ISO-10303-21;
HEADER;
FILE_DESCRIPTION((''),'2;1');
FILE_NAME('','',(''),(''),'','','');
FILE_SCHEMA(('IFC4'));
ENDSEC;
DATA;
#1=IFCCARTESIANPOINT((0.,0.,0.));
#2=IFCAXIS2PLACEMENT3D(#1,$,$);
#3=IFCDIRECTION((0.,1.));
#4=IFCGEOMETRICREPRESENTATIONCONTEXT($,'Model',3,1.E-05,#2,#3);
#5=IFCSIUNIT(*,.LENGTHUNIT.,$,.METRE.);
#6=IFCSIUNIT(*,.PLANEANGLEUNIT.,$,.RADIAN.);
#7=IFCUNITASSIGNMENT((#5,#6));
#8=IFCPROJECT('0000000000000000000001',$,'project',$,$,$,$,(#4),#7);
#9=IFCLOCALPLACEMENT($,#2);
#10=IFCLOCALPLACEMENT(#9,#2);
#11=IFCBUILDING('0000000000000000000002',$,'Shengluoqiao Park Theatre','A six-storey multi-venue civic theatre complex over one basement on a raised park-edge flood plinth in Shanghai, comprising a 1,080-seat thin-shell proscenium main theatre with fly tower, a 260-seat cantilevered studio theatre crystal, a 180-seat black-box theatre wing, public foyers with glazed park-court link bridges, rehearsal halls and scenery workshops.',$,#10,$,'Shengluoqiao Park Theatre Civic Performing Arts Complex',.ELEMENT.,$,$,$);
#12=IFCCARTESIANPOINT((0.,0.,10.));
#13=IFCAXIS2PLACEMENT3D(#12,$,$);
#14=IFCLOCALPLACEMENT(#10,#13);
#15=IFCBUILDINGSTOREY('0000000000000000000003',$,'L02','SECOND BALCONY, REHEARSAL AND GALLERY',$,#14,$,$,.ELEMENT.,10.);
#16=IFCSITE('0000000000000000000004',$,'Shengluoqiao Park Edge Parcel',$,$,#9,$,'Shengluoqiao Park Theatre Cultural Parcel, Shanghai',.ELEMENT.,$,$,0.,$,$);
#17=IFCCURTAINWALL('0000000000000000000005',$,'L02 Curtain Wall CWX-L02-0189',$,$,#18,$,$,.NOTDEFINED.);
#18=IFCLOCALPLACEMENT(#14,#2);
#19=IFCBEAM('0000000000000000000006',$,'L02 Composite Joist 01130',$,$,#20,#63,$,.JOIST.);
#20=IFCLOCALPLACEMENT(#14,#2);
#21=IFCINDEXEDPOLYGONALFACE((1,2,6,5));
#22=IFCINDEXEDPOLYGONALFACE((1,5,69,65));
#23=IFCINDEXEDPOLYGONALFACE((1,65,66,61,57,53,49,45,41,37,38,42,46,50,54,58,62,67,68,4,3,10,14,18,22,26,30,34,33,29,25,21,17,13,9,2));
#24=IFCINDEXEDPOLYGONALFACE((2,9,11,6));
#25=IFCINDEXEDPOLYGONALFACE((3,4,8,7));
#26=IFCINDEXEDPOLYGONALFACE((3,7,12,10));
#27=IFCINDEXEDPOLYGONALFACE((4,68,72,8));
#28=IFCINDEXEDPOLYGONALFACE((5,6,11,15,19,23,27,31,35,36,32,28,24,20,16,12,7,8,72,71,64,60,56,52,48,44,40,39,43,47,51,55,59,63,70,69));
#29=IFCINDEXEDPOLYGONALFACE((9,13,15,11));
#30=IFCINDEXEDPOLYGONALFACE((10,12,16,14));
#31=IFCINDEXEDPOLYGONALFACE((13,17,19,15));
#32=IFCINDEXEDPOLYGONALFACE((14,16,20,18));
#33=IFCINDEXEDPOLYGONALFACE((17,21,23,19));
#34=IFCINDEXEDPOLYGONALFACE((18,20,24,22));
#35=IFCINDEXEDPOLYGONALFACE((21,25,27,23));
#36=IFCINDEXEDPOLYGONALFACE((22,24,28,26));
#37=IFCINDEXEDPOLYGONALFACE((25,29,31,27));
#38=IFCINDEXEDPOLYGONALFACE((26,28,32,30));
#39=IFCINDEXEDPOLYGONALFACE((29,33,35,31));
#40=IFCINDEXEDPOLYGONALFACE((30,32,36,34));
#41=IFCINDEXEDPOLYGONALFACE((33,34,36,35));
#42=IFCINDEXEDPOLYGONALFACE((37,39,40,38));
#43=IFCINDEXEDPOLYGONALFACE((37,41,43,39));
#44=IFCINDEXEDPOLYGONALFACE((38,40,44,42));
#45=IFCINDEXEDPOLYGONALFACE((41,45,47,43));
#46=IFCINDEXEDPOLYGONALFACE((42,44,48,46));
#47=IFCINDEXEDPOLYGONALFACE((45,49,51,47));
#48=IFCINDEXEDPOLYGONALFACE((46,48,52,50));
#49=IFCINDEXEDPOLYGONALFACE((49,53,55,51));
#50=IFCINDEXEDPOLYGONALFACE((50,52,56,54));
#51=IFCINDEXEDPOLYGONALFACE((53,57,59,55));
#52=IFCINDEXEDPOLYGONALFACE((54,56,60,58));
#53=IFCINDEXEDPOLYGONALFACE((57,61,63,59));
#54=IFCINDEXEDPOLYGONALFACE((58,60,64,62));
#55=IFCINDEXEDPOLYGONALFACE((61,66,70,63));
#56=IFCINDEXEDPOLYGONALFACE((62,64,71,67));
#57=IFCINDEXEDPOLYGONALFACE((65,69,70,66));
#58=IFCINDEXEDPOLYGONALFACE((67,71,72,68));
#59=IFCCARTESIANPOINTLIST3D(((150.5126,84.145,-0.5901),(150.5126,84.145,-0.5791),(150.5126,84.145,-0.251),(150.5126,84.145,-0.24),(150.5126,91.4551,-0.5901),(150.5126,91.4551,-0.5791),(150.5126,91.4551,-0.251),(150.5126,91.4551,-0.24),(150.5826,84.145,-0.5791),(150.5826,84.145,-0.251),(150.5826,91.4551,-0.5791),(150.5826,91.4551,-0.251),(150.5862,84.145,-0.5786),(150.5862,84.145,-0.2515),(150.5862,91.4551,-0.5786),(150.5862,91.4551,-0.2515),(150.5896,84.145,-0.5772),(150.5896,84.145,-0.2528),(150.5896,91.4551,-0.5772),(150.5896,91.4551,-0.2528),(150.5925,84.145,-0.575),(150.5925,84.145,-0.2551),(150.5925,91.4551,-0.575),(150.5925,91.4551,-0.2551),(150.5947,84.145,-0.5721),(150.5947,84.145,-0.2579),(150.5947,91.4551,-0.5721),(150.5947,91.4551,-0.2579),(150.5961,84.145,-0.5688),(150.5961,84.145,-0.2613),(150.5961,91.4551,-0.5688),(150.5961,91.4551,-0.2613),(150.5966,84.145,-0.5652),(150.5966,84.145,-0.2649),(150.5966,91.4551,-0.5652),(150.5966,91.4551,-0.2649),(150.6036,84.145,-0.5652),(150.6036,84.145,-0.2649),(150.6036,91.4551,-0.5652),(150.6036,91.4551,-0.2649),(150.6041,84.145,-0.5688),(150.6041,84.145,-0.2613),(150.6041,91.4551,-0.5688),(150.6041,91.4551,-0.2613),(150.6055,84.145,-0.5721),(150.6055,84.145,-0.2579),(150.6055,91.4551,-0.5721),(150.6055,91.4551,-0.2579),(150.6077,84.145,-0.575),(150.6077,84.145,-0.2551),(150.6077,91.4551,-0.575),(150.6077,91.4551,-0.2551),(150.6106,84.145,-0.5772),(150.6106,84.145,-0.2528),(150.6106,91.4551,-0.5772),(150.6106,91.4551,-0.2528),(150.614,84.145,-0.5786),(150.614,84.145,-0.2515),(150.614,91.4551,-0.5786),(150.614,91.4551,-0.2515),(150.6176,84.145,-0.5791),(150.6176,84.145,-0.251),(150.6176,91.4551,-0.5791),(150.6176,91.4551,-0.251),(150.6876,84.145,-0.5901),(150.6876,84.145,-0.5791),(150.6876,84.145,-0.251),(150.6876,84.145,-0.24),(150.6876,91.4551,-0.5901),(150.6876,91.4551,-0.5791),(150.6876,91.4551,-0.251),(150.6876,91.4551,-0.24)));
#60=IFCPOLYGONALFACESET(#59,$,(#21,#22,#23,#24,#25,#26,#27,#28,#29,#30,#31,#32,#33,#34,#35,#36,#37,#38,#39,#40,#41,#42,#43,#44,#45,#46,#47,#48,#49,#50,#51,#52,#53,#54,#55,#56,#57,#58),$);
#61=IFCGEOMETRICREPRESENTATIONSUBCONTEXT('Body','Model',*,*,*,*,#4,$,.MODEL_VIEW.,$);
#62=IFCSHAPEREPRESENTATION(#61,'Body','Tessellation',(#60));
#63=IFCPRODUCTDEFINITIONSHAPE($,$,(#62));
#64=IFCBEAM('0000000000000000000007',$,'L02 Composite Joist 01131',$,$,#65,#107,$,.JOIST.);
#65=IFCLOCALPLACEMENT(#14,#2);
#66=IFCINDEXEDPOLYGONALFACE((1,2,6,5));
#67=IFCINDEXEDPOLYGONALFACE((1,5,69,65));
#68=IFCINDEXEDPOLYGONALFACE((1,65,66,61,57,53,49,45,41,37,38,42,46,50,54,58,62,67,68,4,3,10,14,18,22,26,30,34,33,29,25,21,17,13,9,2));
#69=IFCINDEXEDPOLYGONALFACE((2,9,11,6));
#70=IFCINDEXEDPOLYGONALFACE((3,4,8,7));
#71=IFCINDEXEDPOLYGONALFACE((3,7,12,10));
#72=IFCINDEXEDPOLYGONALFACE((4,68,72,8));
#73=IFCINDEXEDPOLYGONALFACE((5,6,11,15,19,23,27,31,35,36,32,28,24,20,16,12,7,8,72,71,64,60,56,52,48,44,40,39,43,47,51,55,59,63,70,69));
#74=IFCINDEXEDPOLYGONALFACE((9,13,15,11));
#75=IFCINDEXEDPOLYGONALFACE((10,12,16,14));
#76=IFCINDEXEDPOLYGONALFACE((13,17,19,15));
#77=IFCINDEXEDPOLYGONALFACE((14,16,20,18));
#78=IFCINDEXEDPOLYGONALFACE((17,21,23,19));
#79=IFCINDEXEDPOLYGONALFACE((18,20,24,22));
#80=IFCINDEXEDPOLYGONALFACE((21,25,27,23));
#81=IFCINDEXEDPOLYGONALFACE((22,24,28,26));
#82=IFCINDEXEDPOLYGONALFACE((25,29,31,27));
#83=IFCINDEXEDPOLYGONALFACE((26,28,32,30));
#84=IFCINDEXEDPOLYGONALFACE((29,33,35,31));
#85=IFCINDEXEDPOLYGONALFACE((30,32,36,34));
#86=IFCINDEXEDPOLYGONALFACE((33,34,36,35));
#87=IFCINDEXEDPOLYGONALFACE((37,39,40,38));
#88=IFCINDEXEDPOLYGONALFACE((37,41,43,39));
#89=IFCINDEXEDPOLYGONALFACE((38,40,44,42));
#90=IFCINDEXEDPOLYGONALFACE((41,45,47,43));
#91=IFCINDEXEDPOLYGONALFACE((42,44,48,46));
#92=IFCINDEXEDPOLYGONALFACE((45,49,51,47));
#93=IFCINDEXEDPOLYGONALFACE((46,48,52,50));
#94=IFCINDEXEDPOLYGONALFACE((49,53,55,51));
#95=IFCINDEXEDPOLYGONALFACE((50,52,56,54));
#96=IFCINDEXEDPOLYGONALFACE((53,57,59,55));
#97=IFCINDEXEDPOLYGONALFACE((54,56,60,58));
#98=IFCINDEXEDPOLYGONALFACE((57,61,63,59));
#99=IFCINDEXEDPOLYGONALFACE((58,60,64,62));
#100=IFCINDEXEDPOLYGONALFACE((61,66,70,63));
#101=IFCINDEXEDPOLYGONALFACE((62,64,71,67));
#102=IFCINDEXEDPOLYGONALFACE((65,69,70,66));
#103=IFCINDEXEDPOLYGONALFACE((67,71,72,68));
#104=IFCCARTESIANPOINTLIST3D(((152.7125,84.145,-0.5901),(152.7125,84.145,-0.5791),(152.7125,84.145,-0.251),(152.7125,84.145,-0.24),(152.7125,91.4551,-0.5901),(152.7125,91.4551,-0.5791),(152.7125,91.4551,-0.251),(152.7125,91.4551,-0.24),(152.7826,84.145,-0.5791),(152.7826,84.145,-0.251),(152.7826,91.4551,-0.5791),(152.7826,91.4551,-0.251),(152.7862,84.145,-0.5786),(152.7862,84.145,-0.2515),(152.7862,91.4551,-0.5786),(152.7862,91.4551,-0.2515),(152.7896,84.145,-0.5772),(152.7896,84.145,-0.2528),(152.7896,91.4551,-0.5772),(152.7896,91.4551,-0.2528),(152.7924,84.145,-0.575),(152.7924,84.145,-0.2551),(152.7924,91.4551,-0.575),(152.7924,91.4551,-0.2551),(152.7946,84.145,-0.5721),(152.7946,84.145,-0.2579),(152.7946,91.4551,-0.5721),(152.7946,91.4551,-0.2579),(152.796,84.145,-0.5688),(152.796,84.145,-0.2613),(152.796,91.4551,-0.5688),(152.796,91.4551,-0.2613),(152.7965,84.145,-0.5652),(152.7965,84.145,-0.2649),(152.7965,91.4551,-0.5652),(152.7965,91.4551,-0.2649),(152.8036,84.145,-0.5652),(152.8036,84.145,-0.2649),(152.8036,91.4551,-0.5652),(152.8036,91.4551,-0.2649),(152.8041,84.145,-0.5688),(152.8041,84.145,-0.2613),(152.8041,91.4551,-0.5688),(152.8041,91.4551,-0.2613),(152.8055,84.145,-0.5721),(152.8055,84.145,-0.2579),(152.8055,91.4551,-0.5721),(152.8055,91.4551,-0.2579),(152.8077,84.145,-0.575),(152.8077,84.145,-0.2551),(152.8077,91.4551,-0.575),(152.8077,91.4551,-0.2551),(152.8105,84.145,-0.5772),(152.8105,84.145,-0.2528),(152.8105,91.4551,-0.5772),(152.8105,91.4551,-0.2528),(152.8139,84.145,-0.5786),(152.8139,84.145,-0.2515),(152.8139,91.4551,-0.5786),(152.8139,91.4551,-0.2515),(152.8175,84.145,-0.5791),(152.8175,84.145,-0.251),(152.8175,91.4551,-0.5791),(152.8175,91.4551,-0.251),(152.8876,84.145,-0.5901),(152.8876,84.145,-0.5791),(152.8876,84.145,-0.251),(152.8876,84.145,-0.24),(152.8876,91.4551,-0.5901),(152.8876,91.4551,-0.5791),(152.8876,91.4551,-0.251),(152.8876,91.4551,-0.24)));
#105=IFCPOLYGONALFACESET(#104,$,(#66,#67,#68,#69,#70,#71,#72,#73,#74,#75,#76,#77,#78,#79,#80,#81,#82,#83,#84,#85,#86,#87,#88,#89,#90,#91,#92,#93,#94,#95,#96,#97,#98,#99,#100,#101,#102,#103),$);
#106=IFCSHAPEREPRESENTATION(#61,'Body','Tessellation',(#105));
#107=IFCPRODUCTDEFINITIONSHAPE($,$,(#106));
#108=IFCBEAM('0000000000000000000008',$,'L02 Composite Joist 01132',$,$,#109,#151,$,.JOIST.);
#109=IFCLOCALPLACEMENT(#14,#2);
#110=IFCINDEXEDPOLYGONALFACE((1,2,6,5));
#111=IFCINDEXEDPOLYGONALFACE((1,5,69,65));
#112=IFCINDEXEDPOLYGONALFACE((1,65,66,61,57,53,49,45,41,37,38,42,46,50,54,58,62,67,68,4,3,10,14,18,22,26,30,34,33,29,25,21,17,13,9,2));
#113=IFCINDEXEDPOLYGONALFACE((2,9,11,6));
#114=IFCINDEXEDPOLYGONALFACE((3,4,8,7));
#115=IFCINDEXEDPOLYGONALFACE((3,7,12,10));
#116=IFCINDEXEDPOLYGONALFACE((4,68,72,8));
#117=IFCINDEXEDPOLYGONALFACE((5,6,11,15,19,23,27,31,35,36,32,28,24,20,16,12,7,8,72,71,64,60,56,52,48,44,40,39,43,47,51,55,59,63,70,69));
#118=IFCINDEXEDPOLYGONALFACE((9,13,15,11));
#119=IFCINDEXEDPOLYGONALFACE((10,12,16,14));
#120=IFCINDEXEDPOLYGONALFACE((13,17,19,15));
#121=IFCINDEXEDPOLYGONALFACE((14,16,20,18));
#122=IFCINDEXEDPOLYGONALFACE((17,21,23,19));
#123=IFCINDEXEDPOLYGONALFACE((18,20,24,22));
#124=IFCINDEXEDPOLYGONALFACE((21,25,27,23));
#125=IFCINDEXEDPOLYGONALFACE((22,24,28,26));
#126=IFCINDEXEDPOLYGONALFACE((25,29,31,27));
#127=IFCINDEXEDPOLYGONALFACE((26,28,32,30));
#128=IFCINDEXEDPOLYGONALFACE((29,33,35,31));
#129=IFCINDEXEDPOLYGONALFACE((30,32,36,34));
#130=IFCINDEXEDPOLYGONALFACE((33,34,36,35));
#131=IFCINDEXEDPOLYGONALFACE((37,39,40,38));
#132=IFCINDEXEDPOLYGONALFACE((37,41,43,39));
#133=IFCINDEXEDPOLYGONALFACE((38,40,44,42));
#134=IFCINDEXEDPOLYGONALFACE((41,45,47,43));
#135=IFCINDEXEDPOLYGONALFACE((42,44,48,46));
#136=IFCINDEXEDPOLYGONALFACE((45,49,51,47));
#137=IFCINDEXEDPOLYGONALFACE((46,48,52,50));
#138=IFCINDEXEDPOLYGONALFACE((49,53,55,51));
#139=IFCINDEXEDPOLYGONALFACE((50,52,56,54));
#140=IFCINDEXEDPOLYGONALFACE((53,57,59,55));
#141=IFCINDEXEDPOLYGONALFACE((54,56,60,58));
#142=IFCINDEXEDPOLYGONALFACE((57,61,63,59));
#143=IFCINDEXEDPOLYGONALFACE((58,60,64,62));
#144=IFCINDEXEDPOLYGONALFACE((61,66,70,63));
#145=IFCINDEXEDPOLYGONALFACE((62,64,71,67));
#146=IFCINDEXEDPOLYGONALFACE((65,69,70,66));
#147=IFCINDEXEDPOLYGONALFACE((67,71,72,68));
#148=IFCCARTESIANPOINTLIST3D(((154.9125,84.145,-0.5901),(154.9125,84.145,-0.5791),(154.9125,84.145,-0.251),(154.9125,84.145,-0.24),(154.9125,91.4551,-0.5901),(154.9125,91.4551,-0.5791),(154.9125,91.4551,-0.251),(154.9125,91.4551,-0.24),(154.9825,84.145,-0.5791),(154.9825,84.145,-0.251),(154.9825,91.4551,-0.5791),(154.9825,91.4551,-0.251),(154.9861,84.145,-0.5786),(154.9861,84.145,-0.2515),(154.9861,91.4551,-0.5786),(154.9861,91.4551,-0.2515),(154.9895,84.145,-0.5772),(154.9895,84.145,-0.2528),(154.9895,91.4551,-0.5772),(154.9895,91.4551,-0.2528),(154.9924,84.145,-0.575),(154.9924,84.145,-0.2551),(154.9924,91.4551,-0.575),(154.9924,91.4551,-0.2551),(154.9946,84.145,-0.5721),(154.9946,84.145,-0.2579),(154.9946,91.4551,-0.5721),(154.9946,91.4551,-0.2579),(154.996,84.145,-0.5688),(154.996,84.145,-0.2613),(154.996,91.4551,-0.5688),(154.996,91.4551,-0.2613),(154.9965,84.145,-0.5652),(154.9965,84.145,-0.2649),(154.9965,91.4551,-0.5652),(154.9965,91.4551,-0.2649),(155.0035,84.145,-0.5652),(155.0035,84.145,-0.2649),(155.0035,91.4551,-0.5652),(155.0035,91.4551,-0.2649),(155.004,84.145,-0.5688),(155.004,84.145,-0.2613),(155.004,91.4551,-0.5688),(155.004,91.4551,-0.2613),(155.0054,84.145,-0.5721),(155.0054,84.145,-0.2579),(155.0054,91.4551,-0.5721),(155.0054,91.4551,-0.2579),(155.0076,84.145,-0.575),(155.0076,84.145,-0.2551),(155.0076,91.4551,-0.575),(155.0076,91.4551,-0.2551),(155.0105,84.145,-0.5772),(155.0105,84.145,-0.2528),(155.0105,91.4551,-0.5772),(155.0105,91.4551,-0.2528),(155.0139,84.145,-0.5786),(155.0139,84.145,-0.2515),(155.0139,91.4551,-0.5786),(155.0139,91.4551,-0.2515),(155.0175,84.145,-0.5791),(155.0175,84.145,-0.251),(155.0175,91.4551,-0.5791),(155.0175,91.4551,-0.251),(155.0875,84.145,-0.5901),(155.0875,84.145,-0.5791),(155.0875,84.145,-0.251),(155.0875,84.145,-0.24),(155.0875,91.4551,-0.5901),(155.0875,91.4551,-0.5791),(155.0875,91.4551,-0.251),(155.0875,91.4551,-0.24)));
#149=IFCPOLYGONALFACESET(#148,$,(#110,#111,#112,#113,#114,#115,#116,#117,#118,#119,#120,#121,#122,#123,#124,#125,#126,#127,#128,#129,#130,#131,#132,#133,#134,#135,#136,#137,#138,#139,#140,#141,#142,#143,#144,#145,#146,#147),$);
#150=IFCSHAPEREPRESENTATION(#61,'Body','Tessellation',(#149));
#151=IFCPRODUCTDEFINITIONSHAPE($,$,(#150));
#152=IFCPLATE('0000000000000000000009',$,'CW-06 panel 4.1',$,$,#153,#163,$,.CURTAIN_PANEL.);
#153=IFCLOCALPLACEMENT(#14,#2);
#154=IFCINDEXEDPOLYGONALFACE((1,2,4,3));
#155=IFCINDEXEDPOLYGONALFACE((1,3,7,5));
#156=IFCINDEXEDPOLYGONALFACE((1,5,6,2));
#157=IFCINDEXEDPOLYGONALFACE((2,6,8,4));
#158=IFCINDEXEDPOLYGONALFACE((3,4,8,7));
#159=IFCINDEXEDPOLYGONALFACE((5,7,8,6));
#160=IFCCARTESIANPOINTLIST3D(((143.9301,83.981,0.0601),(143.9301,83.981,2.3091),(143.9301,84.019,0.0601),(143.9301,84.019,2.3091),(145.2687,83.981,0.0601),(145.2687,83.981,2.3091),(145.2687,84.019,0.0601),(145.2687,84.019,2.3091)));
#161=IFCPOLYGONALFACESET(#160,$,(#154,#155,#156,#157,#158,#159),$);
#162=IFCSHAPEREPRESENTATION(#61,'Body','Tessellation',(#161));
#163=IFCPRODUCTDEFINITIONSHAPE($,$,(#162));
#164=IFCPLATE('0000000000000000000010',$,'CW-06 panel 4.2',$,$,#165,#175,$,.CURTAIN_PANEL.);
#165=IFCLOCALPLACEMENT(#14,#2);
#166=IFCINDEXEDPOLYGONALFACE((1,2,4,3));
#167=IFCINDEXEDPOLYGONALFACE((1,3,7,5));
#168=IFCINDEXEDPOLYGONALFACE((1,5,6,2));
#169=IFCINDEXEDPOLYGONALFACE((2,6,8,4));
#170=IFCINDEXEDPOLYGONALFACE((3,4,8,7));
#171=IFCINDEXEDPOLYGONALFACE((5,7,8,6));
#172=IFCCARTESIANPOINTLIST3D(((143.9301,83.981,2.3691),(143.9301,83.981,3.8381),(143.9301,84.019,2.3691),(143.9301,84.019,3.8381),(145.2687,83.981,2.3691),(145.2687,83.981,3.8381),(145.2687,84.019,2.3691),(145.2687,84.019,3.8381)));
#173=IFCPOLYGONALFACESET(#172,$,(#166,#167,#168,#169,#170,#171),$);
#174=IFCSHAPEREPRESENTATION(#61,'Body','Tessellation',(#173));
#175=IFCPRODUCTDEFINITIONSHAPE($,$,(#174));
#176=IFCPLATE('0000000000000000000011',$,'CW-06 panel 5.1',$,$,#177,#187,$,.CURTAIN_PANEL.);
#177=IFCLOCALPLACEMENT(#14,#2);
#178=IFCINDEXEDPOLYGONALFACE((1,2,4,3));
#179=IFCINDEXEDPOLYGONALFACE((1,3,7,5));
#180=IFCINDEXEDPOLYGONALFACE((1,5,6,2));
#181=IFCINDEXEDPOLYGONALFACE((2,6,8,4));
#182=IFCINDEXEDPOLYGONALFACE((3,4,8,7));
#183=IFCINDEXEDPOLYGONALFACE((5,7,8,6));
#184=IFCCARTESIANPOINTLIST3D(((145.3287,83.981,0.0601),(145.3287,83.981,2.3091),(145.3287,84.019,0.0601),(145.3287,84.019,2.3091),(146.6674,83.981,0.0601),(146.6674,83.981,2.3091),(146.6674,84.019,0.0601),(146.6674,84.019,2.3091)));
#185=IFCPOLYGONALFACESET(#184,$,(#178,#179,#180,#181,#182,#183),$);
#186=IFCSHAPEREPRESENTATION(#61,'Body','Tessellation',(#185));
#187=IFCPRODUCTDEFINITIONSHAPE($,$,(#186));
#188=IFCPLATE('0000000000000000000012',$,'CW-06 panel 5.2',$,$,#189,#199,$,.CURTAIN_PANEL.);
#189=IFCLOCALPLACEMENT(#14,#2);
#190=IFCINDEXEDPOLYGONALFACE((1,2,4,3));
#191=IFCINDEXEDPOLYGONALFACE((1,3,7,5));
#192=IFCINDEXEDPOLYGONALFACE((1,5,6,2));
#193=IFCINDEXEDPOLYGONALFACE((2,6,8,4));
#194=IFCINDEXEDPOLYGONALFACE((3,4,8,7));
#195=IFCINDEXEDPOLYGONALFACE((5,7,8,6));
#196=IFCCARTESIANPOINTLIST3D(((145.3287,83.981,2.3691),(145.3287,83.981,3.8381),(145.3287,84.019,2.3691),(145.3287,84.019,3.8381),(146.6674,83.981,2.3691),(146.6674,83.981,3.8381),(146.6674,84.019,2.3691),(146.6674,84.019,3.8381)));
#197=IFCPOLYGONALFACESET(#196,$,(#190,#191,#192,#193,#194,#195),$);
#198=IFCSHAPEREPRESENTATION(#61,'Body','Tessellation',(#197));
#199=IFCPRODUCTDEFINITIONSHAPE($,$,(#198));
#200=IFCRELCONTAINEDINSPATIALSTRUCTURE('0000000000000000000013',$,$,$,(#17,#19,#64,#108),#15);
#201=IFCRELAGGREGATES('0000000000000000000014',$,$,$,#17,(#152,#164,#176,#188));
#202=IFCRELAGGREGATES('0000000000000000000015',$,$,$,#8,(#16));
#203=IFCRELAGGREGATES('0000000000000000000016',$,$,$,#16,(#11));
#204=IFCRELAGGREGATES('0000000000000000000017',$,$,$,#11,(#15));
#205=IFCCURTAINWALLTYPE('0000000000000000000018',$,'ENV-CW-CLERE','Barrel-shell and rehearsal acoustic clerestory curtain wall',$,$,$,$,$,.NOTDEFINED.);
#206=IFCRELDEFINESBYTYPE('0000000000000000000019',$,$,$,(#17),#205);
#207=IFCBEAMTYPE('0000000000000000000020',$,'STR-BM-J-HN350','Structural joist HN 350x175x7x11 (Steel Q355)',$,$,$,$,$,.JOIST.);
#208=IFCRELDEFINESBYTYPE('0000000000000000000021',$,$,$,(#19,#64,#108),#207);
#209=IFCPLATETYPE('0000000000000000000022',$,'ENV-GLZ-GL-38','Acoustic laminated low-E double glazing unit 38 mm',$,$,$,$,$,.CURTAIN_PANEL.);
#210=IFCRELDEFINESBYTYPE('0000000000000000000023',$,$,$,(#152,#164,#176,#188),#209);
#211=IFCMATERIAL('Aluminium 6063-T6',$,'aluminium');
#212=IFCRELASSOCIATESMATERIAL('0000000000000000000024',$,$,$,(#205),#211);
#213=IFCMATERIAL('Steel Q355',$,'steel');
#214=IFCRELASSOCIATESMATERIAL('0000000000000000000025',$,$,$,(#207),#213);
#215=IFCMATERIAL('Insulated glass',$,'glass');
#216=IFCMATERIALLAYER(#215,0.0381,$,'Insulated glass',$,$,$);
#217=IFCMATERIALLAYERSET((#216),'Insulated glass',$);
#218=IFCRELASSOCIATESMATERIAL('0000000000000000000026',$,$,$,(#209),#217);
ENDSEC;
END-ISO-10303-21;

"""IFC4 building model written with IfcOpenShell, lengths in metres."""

from ifc_helpers import new_model, si_unit, direction, frame, origin, origin_2d, place, context, subcontext, project, spatial, rectangle, i_section, extrude, material, layer, layer_set, material_profile, profile_set, type_object, element, aggregate, save


model = new_model("IFC4")

# Units and contexts
model_context = context("Model", 3, precision=1e-05, world=origin(), true_north=direction((0.0, 1.0)))
body_context = subcontext(model_context, "Body", "Model", "MODEL_VIEW")
ifc_project = project(units=[si_unit("LENGTHUNIT", "METRE"), si_unit("PLANEANGLEUNIT", "RADIAN")], contexts=[model_context])

# Site, building, storey
site_placement = place(None, origin())
site = spatial("IfcSite", under=ifc_project, at=site_placement, Name="Shengluoqiao Park Edge Parcel", LongName="Shengluoqiao Park Theatre Cultural Parcel, Shanghai", CompositionType="ELEMENT", RefElevation=0.0)
building_placement = place(site_placement, origin())
building = spatial("IfcBuilding", under=site, at=building_placement, Name="Shengluoqiao Park Theatre", Description="A six-storey multi-venue civic theatre complex over one basement on a raised park-edge flood plinth in Shanghai, comprising a 1,080-seat thin-shell proscenium main theatre with fly tower, a 260-seat cantilevered studio theatre crystal, a 180-seat black-box theatre wing, public foyers with glazed park-court link bridges, rehearsal halls and scenery workshops.", LongName="Shengluoqiao Park Theatre Civic Performing Arts Complex", CompositionType="ELEMENT")
storey_placement = place(building_placement, frame((0.0, 0.0, 10.0)))
storey = spatial("IfcBuildingStorey", under=building, at=storey_placement, Name="L02", Description="SECOND BALCONY, REHEARSAL AND GALLERY", CompositionType="ELEMENT", Elevation=10.0)

# Curtain wall
ifc_material_1 = material(Name="Aluminium 6063-T6", Category="aluminium")
curtain_wall_type = type_object("IfcCurtainWallType", Name="ENV-CW-CLERE", Description="Barrel-shell and rehearsal acoustic clerestory curtain wall", PredefinedType="NOTDEFINED", material=ifc_material_1)
curtain_wall_placement = place(storey_placement, origin())
curtain_wall = element("IfcCurtainWall", 1, at=curtain_wall_placement, inside=storey, type_object=curtain_wall_type, Name="L02 Curtain Wall CWX-L02-0189", PredefinedType="NOTDEFINED")

# Beams
ifc_material_2 = material(Name="Steel Q355", Category="steel")
ifc_material_profile_1 = material_profile(ifc_material_2, i_section(OverallWidth=0.175, OverallDepth=0.3501, WebThickness=0.0071, FlangeThickness=0.011, FilletRadius=0.0139, at=origin_2d()), Name="HN 350x175x7x11")
ifc_profile_set_1 = profile_set([ifc_material_profile_1], Name="Steel Q355")
beam_type_1 = type_object("IfcBeamType", Name="STR-BM-J-HN350", Description="Structural joist HN 350x175x7x11 (Steel Q355)", PredefinedType="JOIST", material=ifc_profile_set_1)
for number, where, z_axis, x_axis, name in (
    (2, (150.6001, 84.145, -0.415), (0.0, 1.0, 0.0), (-1.0, 0.0, 0.0), "L02 Composite Joist 01130"),
    (3, (152.8, 84.145, -0.415), (0.0, 1.0, 0.0), (-1.0, 0.0, 0.0), "L02 Composite Joist 01131"),
    (4, (155.0, 84.145, -0.415), (0.0, 1.0, 0.0), (-1.0, 0.0, 0.0), "L02 Composite Joist 01132"),
):
    element("IfcBeam", number, at=place(storey_placement, frame(where, z_axis=z_axis, x_axis=x_axis)), inside=storey, type_object=beam_type_1, Name=name, PredefinedType="JOIST", context=body_context, shape_type="SweptSolid", body=[
        extrude(i_section(OverallWidth=0.175, OverallDepth=0.3501, WebThickness=0.0071, FlangeThickness=0.011, FilletRadius=0.0139, at=origin_2d()), origin(), (0.0, 0.0, 1.0), 7.3101),
    ])

# Plates
ifc_material_3 = material(Name="Insulated glass", Category="glass")
ifc_layer_1 = layer(ifc_material_3, 0.0381, Name="Insulated glass")
ifc_layer_set_1 = layer_set([ifc_layer_1], Name="Insulated glass")
plate_type = type_object("IfcPlateType", Name="ENV-GLZ-GL-38", Description="Acoustic laminated low-E double glazing unit 38 mm", PredefinedType="CURTAIN_PANEL", material=ifc_layer_set_1)
plate_1_placement = place(storey_placement, frame((144.5994, 84.0, 0.0601), z_axis=(0.0, 0.0, 1.0), x_axis=(1.0, 0.0, 0.0)))
plate_1 = element("IfcPlate", 5, at=plate_1_placement, type_object=plate_type, Name="CW-06 panel 4.1", PredefinedType="CURTAIN_PANEL", context=body_context, shape_type="SweptSolid", body=[
    extrude(rectangle(XDim=1.3386, YDim=0.0381, at=origin_2d()), origin(), (0.0, 0.0, 1.0), 2.249),
])
plate_2_placement = place(storey_placement, frame((144.5994, 84.0, 2.3691), z_axis=(0.0, 0.0, 1.0), x_axis=(1.0, 0.0, 0.0)))
plate_2 = element("IfcPlate", 6, at=plate_2_placement, type_object=plate_type, Name="CW-06 panel 4.2", PredefinedType="CURTAIN_PANEL", context=body_context, shape_type="SweptSolid", body=[
    extrude(rectangle(XDim=1.3386, YDim=0.0381, at=origin_2d()), origin(), (0.0, 0.0, 1.0), 1.469),
])
plate_3_placement = place(storey_placement, frame((145.998, 84.0, 0.0601), z_axis=(0.0, 0.0, 1.0), x_axis=(1.0, 0.0, 0.0)))
plate_3 = element("IfcPlate", 7, at=plate_3_placement, type_object=plate_type, Name="CW-06 panel 5.1", PredefinedType="CURTAIN_PANEL", context=body_context, shape_type="SweptSolid", body=[
    extrude(rectangle(XDim=1.3386, YDim=0.0381, at=origin_2d()), origin(), (0.0, 0.0, 1.0), 2.249),
])
plate_4_placement = place(storey_placement, frame((145.998, 84.0, 2.3691), z_axis=(0.0, 0.0, 1.0), x_axis=(1.0, 0.0, 0.0)))
plate_4 = element("IfcPlate", 8, at=plate_4_placement, type_object=plate_type, Name="CW-06 panel 5.2", PredefinedType="CURTAIN_PANEL", context=body_context, shape_type="SweptSolid", body=[
    extrude(rectangle(XDim=1.3386, YDim=0.0381, at=origin_2d()), origin(), (0.0, 0.0, 1.0), 1.469),
])
aggregate(curtain_wall, [plate_1, plate_2, plate_3, plate_4])

save(model, "model.ifc")
